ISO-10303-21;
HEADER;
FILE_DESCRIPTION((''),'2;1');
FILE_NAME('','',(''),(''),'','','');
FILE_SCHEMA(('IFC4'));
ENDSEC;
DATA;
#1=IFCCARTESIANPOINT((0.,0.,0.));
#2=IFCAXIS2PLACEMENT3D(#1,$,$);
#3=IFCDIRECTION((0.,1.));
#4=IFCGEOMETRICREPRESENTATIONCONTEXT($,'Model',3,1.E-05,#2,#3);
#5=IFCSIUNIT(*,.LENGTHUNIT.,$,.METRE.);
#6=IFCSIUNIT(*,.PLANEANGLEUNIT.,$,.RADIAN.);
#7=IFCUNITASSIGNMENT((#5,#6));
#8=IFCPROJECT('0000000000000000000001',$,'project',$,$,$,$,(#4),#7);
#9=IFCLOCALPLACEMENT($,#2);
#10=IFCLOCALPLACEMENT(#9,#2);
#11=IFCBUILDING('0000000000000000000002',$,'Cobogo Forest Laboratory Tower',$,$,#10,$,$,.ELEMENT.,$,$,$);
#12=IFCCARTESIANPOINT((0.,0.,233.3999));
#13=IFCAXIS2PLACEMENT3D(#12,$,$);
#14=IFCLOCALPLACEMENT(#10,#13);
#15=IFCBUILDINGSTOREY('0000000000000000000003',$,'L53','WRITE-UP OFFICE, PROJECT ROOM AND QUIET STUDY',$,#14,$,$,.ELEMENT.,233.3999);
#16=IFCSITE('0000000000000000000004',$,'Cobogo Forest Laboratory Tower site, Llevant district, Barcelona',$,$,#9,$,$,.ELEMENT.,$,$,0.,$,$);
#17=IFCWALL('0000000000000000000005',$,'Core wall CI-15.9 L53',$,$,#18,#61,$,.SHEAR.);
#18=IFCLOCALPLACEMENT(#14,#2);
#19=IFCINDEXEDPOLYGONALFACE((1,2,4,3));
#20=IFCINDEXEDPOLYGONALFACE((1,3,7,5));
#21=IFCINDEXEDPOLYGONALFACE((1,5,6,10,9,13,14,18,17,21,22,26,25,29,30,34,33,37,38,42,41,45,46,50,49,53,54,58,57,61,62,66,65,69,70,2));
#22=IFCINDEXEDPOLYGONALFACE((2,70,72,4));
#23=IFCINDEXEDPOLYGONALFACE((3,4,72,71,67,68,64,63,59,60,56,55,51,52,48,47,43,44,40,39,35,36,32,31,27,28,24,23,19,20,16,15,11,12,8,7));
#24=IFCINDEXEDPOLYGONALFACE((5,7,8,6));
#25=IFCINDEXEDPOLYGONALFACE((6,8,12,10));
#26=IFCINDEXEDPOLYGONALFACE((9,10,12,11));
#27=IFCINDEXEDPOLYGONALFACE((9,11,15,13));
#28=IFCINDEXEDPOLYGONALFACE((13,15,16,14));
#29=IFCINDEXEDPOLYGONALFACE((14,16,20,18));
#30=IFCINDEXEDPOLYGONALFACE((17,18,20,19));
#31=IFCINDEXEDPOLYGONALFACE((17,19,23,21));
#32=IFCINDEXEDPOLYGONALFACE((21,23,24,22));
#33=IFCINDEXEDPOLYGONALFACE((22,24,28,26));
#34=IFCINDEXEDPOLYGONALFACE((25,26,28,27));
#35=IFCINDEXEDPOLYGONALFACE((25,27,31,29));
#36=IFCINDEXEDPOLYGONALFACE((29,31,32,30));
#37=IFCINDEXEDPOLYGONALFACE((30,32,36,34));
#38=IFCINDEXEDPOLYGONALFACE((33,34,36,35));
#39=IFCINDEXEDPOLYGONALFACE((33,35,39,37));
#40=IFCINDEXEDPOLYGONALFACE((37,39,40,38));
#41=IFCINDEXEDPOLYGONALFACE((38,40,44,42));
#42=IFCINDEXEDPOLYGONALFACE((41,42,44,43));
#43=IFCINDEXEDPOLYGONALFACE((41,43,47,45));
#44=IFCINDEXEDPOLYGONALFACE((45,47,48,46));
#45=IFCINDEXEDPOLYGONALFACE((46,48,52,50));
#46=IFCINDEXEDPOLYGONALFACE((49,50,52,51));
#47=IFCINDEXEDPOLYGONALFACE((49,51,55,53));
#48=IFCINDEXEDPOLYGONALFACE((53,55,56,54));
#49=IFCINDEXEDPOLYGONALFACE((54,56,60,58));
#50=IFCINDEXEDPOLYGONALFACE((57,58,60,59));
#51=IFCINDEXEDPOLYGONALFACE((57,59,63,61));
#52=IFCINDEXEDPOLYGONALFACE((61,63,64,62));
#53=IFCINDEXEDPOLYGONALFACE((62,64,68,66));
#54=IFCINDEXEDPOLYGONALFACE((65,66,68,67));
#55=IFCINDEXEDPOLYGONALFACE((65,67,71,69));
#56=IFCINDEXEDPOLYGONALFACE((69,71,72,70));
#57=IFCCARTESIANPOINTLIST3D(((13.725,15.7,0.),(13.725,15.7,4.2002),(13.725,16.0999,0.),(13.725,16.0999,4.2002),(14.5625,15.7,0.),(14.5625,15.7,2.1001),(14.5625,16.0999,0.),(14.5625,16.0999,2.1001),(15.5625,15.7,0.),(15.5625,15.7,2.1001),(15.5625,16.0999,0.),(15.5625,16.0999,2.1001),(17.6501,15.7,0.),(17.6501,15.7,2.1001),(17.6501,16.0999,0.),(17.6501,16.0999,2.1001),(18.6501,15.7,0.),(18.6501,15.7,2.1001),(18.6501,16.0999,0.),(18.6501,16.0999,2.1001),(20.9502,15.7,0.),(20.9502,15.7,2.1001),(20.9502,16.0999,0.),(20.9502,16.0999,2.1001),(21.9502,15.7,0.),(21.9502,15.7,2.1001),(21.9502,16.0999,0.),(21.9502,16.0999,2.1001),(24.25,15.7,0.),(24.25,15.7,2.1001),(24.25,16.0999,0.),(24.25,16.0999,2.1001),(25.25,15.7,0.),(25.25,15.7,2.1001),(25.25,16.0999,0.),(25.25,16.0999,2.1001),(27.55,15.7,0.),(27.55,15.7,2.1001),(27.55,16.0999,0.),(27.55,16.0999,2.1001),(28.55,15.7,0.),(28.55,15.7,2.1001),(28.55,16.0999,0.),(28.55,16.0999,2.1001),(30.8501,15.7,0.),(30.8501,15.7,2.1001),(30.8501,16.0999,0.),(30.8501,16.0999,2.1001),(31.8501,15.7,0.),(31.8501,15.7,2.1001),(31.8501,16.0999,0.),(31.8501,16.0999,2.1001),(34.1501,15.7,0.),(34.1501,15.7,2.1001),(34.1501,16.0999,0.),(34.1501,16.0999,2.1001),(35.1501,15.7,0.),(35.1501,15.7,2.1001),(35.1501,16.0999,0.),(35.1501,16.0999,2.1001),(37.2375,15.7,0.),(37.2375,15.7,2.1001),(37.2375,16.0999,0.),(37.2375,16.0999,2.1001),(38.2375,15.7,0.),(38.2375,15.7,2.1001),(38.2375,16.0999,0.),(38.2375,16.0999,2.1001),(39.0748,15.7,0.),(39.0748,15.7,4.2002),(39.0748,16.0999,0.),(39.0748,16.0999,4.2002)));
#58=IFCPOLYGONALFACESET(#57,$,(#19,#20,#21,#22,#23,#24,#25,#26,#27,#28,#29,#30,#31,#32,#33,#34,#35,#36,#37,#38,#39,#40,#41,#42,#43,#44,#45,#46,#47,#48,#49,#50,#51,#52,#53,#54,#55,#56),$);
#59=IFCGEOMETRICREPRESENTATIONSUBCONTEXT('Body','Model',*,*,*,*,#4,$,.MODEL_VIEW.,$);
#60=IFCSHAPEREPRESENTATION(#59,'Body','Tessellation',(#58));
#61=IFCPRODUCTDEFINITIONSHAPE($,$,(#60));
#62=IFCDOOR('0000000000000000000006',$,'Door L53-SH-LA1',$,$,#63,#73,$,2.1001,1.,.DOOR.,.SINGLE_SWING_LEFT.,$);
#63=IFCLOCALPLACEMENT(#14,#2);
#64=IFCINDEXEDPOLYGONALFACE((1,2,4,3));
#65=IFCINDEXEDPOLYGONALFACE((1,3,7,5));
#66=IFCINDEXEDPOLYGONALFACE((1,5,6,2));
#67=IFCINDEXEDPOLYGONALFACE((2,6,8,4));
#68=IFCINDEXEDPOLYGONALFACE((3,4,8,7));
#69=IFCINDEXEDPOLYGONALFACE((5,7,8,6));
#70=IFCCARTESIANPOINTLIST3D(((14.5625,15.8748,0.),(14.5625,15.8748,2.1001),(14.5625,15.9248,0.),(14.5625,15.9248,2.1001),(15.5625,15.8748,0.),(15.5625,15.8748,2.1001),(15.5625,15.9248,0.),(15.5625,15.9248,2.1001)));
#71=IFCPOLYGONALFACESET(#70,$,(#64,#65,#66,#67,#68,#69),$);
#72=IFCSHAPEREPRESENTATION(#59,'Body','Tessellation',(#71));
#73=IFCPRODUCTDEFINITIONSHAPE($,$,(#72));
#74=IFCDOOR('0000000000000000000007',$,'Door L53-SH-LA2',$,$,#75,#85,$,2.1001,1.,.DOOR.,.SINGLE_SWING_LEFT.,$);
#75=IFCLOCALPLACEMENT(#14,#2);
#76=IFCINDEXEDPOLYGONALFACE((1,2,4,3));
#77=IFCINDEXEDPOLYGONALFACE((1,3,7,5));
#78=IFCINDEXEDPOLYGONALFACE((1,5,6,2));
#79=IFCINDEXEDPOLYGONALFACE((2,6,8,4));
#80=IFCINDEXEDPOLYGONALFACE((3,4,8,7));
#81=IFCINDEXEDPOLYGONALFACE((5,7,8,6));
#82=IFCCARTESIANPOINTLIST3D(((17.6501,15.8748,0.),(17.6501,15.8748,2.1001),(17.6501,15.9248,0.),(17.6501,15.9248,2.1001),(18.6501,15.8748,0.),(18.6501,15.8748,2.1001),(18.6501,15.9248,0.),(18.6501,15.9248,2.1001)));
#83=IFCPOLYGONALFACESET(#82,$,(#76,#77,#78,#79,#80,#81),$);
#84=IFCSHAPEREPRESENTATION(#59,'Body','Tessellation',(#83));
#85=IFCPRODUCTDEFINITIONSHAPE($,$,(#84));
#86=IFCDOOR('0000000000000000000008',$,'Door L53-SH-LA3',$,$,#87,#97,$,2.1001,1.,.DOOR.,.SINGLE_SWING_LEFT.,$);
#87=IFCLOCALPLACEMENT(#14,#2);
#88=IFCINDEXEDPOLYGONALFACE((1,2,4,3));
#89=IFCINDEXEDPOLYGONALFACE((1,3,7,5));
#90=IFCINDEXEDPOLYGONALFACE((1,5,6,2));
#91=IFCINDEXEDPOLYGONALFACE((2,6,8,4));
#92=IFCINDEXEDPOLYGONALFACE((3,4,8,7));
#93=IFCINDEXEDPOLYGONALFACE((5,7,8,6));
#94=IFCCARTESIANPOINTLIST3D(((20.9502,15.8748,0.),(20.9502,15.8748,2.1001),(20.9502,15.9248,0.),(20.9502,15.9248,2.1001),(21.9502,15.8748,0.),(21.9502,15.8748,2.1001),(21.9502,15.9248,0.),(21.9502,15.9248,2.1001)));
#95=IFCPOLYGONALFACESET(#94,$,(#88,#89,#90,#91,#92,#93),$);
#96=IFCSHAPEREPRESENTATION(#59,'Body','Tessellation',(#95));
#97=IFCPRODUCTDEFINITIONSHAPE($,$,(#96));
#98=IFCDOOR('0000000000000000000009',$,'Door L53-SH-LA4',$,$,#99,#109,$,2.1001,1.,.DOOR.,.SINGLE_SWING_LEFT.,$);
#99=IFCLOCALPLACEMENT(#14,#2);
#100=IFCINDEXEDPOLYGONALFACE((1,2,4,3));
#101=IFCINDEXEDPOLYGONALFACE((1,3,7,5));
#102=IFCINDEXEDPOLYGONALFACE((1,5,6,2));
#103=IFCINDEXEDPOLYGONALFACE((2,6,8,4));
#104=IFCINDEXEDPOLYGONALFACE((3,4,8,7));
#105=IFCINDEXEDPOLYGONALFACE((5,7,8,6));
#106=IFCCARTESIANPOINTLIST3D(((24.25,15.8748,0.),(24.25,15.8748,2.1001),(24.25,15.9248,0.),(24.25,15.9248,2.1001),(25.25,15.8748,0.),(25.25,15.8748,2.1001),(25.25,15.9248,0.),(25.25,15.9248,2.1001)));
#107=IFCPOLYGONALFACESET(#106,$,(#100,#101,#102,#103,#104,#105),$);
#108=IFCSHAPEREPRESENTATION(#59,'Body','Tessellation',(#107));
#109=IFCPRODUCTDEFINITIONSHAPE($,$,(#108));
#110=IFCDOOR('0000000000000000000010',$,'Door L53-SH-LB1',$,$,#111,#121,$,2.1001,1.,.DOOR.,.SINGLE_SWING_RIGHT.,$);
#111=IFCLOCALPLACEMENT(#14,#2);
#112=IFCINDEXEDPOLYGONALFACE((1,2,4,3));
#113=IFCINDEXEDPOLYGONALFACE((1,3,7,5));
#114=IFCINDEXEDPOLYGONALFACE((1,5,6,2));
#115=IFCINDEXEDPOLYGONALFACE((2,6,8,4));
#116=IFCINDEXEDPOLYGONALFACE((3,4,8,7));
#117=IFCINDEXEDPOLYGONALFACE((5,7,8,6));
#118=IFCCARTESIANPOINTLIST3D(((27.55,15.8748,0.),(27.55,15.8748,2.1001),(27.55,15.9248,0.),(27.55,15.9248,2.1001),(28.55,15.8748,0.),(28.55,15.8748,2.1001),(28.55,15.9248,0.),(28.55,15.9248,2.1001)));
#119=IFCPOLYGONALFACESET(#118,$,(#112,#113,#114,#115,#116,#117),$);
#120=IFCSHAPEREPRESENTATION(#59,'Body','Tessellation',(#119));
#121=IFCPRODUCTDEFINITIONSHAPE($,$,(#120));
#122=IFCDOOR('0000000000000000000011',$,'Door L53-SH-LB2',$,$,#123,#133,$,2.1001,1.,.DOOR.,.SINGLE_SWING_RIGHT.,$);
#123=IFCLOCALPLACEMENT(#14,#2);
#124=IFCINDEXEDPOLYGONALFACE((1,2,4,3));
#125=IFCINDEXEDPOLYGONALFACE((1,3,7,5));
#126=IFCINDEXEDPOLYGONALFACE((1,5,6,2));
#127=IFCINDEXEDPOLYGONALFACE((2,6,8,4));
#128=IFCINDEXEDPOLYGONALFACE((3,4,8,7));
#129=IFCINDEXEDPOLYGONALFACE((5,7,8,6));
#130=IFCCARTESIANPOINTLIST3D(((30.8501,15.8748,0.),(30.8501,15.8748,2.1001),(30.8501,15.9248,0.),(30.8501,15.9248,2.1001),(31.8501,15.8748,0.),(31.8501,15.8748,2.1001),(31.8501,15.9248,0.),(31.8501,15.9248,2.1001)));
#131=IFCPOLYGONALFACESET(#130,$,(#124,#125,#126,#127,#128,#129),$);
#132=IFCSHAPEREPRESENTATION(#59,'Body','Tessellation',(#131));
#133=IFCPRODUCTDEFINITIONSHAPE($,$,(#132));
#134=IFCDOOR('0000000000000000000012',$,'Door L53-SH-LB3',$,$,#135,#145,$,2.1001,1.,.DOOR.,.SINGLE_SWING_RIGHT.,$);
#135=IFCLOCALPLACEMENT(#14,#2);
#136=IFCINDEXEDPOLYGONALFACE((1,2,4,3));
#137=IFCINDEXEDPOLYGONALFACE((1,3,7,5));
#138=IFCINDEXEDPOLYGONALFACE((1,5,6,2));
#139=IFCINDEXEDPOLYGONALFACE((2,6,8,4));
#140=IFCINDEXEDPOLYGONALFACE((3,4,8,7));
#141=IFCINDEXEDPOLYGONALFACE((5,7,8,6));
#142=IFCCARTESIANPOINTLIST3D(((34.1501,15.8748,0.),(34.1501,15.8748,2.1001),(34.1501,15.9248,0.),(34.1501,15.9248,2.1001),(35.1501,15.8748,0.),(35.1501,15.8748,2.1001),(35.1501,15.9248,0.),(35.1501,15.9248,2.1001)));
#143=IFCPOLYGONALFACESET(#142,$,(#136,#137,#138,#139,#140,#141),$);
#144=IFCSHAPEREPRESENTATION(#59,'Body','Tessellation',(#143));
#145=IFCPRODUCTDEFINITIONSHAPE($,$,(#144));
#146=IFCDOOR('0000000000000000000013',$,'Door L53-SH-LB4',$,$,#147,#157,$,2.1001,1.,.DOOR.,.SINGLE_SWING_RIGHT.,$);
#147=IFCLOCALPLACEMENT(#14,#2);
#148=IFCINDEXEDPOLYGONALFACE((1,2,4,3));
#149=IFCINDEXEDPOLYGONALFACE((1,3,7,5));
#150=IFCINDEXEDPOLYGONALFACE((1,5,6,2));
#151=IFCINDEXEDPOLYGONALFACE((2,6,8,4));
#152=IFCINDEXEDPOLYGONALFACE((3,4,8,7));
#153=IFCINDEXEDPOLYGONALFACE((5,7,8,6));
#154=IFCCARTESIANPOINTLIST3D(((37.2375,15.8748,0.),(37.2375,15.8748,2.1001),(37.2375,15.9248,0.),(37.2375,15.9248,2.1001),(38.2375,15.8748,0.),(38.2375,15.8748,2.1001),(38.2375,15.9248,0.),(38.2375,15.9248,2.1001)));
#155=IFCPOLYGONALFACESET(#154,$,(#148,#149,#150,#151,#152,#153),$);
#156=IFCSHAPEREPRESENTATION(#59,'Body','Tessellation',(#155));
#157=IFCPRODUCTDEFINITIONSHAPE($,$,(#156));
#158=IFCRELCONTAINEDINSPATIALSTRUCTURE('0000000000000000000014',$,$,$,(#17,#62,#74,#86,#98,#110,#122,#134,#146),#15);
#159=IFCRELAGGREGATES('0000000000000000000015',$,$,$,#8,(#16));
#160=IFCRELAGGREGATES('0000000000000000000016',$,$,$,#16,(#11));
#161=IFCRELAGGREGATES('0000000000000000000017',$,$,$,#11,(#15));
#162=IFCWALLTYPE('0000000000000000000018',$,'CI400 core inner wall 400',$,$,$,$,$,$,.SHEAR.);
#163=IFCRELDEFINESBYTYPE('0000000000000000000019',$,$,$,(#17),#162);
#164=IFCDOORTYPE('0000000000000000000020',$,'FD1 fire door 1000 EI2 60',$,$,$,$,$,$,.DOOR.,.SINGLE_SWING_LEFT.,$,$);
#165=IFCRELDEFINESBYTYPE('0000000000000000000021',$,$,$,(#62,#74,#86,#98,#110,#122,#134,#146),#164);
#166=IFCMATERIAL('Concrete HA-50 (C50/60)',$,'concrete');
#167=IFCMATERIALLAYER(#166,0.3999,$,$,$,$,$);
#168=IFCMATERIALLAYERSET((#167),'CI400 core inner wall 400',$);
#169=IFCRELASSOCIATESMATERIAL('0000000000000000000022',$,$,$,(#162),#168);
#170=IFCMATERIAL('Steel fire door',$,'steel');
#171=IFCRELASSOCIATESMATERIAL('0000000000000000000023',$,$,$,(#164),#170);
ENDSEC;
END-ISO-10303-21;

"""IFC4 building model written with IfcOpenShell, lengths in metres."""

from ifc_helpers import new_model, si_unit, direction, frame, frame_2d, origin, place, context, subcontext, project, spatial, rectangle, extrude, material, layer, layer_set, type_object, element, fill, save


model = new_model("IFC4")

# Units and contexts
model_context = context("Model", 3, precision=1e-05, world=origin(), true_north=direction((0.0, 1.0)))
body_context = subcontext(model_context, "Body", "Model", "MODEL_VIEW")
ifc_project = project(units=[si_unit("LENGTHUNIT", "METRE"), si_unit("PLANEANGLEUNIT", "RADIAN")], contexts=[model_context])

# Site, building, storey
site_placement = place(None, origin())
site = spatial("IfcSite", under=ifc_project, at=site_placement, Name="Cobogo Forest Laboratory Tower site, Llevant district, Barcelona", CompositionType="ELEMENT", RefElevation=0.0)
building_placement = place(site_placement, origin())
building = spatial("IfcBuilding", under=site, at=building_placement, Name="Cobogo Forest Laboratory Tower", CompositionType="ELEMENT")
storey_placement = place(building_placement, frame((0.0, 0.0, 233.3999)))
storey = spatial("IfcBuildingStorey", under=building, at=storey_placement, Name="L53", Description="WRITE-UP OFFICE, PROJECT ROOM AND QUIET STUDY", CompositionType="ELEMENT", Elevation=233.3999)

# Shared definitions
ifc_material_1 = material(Name="Concrete HA-50 (C50/60)", Category="concrete")

# Wall, openings, doors
ifc_layer_1 = layer(ifc_material_1, 0.3999)
ifc_layer_set_1 = layer_set([ifc_layer_1], Name="CI400 core inner wall 400")
wall_type_1 = type_object("IfcWallType", Name="CI400 core inner wall 400", PredefinedType="SHEAR", material=ifc_layer_set_1)
wall_1_placement = place(storey_placement, frame((13.7251, 15.8999, 0.0), z_axis=(0.0, 0.0, 1.0), x_axis=(1.0, 0.0, 0.0)))
wall_1 = element("IfcWall", 1, at=wall_1_placement, inside=storey, type_object=wall_type_1, Name="Core wall CI-15.9 L53", PredefinedType="SHEAR", context=body_context, shape_type="SweptSolid", body=[
    extrude(rectangle(XDim=25.3499, YDim=0.3999, at=frame_2d((12.6748, 0.0))), origin(), (0.0, 0.0, 1.0), 4.2002),
])
opening_1_placement = place(wall_1_placement, frame((0.8374, 0.0, 0.0)))
opening_1 = element("IfcOpeningElement", 2, at=opening_1_placement, cuts=wall_1, PredefinedType="OPENING", context=body_context, shape_type="SweptSolid", body=[
    extrude(rectangle(XDim=1.0, YDim=2.1001, at=frame_2d((0.5, 1.05))), frame((0.0, 0.21, 0.0), z_axis=(0.0, -1.0, 0.0), x_axis=(1.0, 0.0, 0.0)), (0.0, 0.0, 1.0), 0.4199),
])
opening_2_placement = place(wall_1_placement, frame((3.925, 0.0, 0.0)))
opening_2 = element("IfcOpeningElement", 3, at=opening_2_placement, cuts=wall_1, PredefinedType="OPENING", context=body_context, shape_type="SweptSolid", body=[
    extrude(rectangle(XDim=1.0, YDim=2.1001, at=frame_2d((0.5, 1.05))), frame((0.0, 0.21, 0.0), z_axis=(0.0, -1.0, 0.0), x_axis=(1.0, 0.0, 0.0)), (0.0, 0.0, 1.0), 0.4199),
])
opening_3_placement = place(wall_1_placement, frame((7.2251, 0.0, 0.0)))
opening_3 = element("IfcOpeningElement", 4, at=opening_3_placement, cuts=wall_1, PredefinedType="OPENING", context=body_context, shape_type="SweptSolid", body=[
    extrude(rectangle(XDim=1.0, YDim=2.1001, at=frame_2d((0.5, 1.05))), frame((0.0, 0.21, 0.0), z_axis=(0.0, -1.0, 0.0), x_axis=(1.0, 0.0, 0.0)), (0.0, 0.0, 1.0), 0.4199),
])
opening_4_placement = place(wall_1_placement, frame((10.5249, 0.0, 0.0)))
opening_4 = element("IfcOpeningElement", 5, at=opening_4_placement, cuts=wall_1, PredefinedType="OPENING", context=body_context, shape_type="SweptSolid", body=[
    extrude(rectangle(XDim=1.0, YDim=2.1001, at=frame_2d((0.5, 1.05))), frame((0.0, 0.21, 0.0), z_axis=(0.0, -1.0, 0.0), x_axis=(1.0, 0.0, 0.0)), (0.0, 0.0, 1.0), 0.4199),
])
opening_5_placement = place(wall_1_placement, frame((13.825, 0.0, 0.0)))
opening_5 = element("IfcOpeningElement", 6, at=opening_5_placement, cuts=wall_1, PredefinedType="OPENING", context=body_context, shape_type="SweptSolid", body=[
    extrude(rectangle(XDim=1.0, YDim=2.1001, at=frame_2d((0.5, 1.05))), frame((0.0, 0.21, 0.0), z_axis=(0.0, -1.0, 0.0), x_axis=(1.0, 0.0, 0.0)), (0.0, 0.0, 1.0), 0.4199),
])
opening_6_placement = place(wall_1_placement, frame((17.125, 0.0, 0.0)))
opening_6 = element("IfcOpeningElement", 7, at=opening_6_placement, cuts=wall_1, PredefinedType="OPENING", context=body_context, shape_type="SweptSolid", body=[
    extrude(rectangle(XDim=1.0, YDim=2.1001, at=frame_2d((0.5, 1.05))), frame((0.0, 0.21, 0.0), z_axis=(0.0, -1.0, 0.0), x_axis=(1.0, 0.0, 0.0)), (0.0, 0.0, 1.0), 0.4199),
])
opening_7_placement = place(wall_1_placement, frame((20.425, 0.0, 0.0)))
opening_7 = element("IfcOpeningElement", 8, at=opening_7_placement, cuts=wall_1, PredefinedType="OPENING", context=body_context, shape_type="SweptSolid", body=[
    extrude(rectangle(XDim=1.0, YDim=2.1001, at=frame_2d((0.5, 1.05))), frame((0.0, 0.21, 0.0), z_axis=(0.0, -1.0, 0.0), x_axis=(1.0, 0.0, 0.0)), (0.0, 0.0, 1.0), 0.4199),
])
opening_8_placement = place(wall_1_placement, frame((23.5125, 0.0, 0.0)))
opening_8 = element("IfcOpeningElement", 9, at=opening_8_placement, cuts=wall_1, PredefinedType="OPENING", context=body_context, shape_type="SweptSolid", body=[
    extrude(rectangle(XDim=1.0, YDim=2.1001, at=frame_2d((0.5, 1.05))), frame((0.0, 0.21, 0.0), z_axis=(0.0, -1.0, 0.0), x_axis=(1.0, 0.0, 0.0)), (0.0, 0.0, 1.0), 0.4199),
])
ifc_material_2 = material(Name="Steel fire door", Category="steel")
door_type_1 = type_object("IfcDoorType", Name="FD1 fire door 1000 EI2 60", OperationType="SINGLE_SWING_LEFT", PredefinedType="DOOR", material=ifc_material_2)
door_1_placement = place(opening_1_placement, origin())
door_1 = element("IfcDoor", 10, at=door_1_placement, inside=storey, type_object=door_type_1, Name="Door L53-SH-LA1", OperationType="SINGLE_SWING_LEFT", OverallHeight=2.1001, OverallWidth=1.0, PredefinedType="DOOR", context=body_context, shape_type="SweptSolid", body=[
    extrude(rectangle(XDim=1.0, YDim=2.1001, at=frame_2d((0.5, 1.05))), frame((0.0, 0.0249, 0.0), z_axis=(0.0, -1.0, 0.0), x_axis=(1.0, 0.0, 0.0)), (0.0, 0.0, 1.0), 0.05),
])
fill(opening_1, door_1)
door_2_placement = place(opening_2_placement, origin())
door_2 = element("IfcDoor", 11, at=door_2_placement, inside=storey, type_object=door_type_1, Name="Door L53-SH-LA2", OperationType="SINGLE_SWING_LEFT", OverallHeight=2.1001, OverallWidth=1.0, PredefinedType="DOOR", context=body_context, shape_type="SweptSolid", body=[
    extrude(rectangle(XDim=1.0, YDim=2.1001, at=frame_2d((0.5, 1.05))), frame((0.0, 0.0249, 0.0), z_axis=(0.0, -1.0, 0.0), x_axis=(1.0, 0.0, 0.0)), (0.0, 0.0, 1.0), 0.05),
])
fill(opening_2, door_2)
door_3_placement = place(opening_3_placement, origin())
door_3 = element("IfcDoor", 12, at=door_3_placement, inside=storey, type_object=door_type_1, Name="Door L53-SH-LA3", OperationType="SINGLE_SWING_LEFT", OverallHeight=2.1001, OverallWidth=1.0, PredefinedType="DOOR", context=body_context, shape_type="SweptSolid", body=[
    extrude(rectangle(XDim=1.0, YDim=2.1001, at=frame_2d((0.5, 1.05))), frame((0.0, 0.0249, 0.0), z_axis=(0.0, -1.0, 0.0), x_axis=(1.0, 0.0, 0.0)), (0.0, 0.0, 1.0), 0.05),
])
fill(opening_3, door_3)
door_4_placement = place(opening_4_placement, origin())
door_4 = element("IfcDoor", 13, at=door_4_placement, inside=storey, type_object=door_type_1, Name="Door L53-SH-LA4", OperationType="SINGLE_SWING_LEFT", OverallHeight=2.1001, OverallWidth=1.0, PredefinedType="DOOR", context=body_context, shape_type="SweptSolid", body=[
    extrude(rectangle(XDim=1.0, YDim=2.1001, at=frame_2d((0.5, 1.05))), frame((0.0, 0.0249, 0.0), z_axis=(0.0, -1.0, 0.0), x_axis=(1.0, 0.0, 0.0)), (0.0, 0.0, 1.0), 0.05),
])
fill(opening_4, door_4)
door_5_placement = place(opening_5_placement, origin())
door_5 = element("IfcDoor", 14, at=door_5_placement, inside=storey, type_object=door_type_1, Name="Door L53-SH-LB1", OperationType="SINGLE_SWING_RIGHT", OverallHeight=2.1001, OverallWidth=1.0, PredefinedType="DOOR", context=body_context, shape_type="SweptSolid", body=[
    extrude(rectangle(XDim=1.0, YDim=2.1001, at=frame_2d((0.5, 1.05))), frame((0.0, 0.0249, 0.0), z_axis=(0.0, -1.0, 0.0), x_axis=(1.0, 0.0, 0.0)), (0.0, 0.0, 1.0), 0.05),
])
fill(opening_5, door_5)
door_6_placement = place(opening_6_placement, origin())
door_6 = element("IfcDoor", 15, at=door_6_placement, inside=storey, type_object=door_type_1, Name="Door L53-SH-LB2", OperationType="SINGLE_SWING_RIGHT", OverallHeight=2.1001, OverallWidth=1.0, PredefinedType="DOOR", context=body_context, shape_type="SweptSolid", body=[
    extrude(rectangle(XDim=1.0, YDim=2.1001, at=frame_2d((0.5, 1.05))), frame((0.0, 0.0249, 0.0), z_axis=(0.0, -1.0, 0.0), x_axis=(1.0, 0.0, 0.0)), (0.0, 0.0, 1.0), 0.05),
])
fill(opening_6, door_6)
door_7_placement = place(opening_7_placement, origin())
door_7 = element("IfcDoor", 16, at=door_7_placement, inside=storey, type_object=door_type_1, Name="Door L53-SH-LB3", OperationType="SINGLE_SWING_RIGHT", OverallHeight=2.1001, OverallWidth=1.0, PredefinedType="DOOR", context=body_context, shape_type="SweptSolid", body=[
    extrude(rectangle(XDim=1.0, YDim=2.1001, at=frame_2d((0.5, 1.05))), frame((0.0, 0.0249, 0.0), z_axis=(0.0, -1.0, 0.0), x_axis=(1.0, 0.0, 0.0)), (0.0, 0.0, 1.0), 0.05),
])
fill(opening_7, door_7)
door_8_placement = place(opening_8_placement, origin())
door_8 = element("IfcDoor", 17, at=door_8_placement, inside=storey, type_object=door_type_1, Name="Door L53-SH-LB4", OperationType="SINGLE_SWING_RIGHT", OverallHeight=2.1001, OverallWidth=1.0, PredefinedType="DOOR", context=body_context, shape_type="SweptSolid", body=[
    extrude(rectangle(XDim=1.0, YDim=2.1001, at=frame_2d((0.5, 1.05))), frame((0.0, 0.0249, 0.0), z_axis=(0.0, -1.0, 0.0), x_axis=(1.0, 0.0, 0.0)), (0.0, 0.0, 1.0), 0.05),
])
fill(opening_8, door_8)

save(model, "model.ifc")
